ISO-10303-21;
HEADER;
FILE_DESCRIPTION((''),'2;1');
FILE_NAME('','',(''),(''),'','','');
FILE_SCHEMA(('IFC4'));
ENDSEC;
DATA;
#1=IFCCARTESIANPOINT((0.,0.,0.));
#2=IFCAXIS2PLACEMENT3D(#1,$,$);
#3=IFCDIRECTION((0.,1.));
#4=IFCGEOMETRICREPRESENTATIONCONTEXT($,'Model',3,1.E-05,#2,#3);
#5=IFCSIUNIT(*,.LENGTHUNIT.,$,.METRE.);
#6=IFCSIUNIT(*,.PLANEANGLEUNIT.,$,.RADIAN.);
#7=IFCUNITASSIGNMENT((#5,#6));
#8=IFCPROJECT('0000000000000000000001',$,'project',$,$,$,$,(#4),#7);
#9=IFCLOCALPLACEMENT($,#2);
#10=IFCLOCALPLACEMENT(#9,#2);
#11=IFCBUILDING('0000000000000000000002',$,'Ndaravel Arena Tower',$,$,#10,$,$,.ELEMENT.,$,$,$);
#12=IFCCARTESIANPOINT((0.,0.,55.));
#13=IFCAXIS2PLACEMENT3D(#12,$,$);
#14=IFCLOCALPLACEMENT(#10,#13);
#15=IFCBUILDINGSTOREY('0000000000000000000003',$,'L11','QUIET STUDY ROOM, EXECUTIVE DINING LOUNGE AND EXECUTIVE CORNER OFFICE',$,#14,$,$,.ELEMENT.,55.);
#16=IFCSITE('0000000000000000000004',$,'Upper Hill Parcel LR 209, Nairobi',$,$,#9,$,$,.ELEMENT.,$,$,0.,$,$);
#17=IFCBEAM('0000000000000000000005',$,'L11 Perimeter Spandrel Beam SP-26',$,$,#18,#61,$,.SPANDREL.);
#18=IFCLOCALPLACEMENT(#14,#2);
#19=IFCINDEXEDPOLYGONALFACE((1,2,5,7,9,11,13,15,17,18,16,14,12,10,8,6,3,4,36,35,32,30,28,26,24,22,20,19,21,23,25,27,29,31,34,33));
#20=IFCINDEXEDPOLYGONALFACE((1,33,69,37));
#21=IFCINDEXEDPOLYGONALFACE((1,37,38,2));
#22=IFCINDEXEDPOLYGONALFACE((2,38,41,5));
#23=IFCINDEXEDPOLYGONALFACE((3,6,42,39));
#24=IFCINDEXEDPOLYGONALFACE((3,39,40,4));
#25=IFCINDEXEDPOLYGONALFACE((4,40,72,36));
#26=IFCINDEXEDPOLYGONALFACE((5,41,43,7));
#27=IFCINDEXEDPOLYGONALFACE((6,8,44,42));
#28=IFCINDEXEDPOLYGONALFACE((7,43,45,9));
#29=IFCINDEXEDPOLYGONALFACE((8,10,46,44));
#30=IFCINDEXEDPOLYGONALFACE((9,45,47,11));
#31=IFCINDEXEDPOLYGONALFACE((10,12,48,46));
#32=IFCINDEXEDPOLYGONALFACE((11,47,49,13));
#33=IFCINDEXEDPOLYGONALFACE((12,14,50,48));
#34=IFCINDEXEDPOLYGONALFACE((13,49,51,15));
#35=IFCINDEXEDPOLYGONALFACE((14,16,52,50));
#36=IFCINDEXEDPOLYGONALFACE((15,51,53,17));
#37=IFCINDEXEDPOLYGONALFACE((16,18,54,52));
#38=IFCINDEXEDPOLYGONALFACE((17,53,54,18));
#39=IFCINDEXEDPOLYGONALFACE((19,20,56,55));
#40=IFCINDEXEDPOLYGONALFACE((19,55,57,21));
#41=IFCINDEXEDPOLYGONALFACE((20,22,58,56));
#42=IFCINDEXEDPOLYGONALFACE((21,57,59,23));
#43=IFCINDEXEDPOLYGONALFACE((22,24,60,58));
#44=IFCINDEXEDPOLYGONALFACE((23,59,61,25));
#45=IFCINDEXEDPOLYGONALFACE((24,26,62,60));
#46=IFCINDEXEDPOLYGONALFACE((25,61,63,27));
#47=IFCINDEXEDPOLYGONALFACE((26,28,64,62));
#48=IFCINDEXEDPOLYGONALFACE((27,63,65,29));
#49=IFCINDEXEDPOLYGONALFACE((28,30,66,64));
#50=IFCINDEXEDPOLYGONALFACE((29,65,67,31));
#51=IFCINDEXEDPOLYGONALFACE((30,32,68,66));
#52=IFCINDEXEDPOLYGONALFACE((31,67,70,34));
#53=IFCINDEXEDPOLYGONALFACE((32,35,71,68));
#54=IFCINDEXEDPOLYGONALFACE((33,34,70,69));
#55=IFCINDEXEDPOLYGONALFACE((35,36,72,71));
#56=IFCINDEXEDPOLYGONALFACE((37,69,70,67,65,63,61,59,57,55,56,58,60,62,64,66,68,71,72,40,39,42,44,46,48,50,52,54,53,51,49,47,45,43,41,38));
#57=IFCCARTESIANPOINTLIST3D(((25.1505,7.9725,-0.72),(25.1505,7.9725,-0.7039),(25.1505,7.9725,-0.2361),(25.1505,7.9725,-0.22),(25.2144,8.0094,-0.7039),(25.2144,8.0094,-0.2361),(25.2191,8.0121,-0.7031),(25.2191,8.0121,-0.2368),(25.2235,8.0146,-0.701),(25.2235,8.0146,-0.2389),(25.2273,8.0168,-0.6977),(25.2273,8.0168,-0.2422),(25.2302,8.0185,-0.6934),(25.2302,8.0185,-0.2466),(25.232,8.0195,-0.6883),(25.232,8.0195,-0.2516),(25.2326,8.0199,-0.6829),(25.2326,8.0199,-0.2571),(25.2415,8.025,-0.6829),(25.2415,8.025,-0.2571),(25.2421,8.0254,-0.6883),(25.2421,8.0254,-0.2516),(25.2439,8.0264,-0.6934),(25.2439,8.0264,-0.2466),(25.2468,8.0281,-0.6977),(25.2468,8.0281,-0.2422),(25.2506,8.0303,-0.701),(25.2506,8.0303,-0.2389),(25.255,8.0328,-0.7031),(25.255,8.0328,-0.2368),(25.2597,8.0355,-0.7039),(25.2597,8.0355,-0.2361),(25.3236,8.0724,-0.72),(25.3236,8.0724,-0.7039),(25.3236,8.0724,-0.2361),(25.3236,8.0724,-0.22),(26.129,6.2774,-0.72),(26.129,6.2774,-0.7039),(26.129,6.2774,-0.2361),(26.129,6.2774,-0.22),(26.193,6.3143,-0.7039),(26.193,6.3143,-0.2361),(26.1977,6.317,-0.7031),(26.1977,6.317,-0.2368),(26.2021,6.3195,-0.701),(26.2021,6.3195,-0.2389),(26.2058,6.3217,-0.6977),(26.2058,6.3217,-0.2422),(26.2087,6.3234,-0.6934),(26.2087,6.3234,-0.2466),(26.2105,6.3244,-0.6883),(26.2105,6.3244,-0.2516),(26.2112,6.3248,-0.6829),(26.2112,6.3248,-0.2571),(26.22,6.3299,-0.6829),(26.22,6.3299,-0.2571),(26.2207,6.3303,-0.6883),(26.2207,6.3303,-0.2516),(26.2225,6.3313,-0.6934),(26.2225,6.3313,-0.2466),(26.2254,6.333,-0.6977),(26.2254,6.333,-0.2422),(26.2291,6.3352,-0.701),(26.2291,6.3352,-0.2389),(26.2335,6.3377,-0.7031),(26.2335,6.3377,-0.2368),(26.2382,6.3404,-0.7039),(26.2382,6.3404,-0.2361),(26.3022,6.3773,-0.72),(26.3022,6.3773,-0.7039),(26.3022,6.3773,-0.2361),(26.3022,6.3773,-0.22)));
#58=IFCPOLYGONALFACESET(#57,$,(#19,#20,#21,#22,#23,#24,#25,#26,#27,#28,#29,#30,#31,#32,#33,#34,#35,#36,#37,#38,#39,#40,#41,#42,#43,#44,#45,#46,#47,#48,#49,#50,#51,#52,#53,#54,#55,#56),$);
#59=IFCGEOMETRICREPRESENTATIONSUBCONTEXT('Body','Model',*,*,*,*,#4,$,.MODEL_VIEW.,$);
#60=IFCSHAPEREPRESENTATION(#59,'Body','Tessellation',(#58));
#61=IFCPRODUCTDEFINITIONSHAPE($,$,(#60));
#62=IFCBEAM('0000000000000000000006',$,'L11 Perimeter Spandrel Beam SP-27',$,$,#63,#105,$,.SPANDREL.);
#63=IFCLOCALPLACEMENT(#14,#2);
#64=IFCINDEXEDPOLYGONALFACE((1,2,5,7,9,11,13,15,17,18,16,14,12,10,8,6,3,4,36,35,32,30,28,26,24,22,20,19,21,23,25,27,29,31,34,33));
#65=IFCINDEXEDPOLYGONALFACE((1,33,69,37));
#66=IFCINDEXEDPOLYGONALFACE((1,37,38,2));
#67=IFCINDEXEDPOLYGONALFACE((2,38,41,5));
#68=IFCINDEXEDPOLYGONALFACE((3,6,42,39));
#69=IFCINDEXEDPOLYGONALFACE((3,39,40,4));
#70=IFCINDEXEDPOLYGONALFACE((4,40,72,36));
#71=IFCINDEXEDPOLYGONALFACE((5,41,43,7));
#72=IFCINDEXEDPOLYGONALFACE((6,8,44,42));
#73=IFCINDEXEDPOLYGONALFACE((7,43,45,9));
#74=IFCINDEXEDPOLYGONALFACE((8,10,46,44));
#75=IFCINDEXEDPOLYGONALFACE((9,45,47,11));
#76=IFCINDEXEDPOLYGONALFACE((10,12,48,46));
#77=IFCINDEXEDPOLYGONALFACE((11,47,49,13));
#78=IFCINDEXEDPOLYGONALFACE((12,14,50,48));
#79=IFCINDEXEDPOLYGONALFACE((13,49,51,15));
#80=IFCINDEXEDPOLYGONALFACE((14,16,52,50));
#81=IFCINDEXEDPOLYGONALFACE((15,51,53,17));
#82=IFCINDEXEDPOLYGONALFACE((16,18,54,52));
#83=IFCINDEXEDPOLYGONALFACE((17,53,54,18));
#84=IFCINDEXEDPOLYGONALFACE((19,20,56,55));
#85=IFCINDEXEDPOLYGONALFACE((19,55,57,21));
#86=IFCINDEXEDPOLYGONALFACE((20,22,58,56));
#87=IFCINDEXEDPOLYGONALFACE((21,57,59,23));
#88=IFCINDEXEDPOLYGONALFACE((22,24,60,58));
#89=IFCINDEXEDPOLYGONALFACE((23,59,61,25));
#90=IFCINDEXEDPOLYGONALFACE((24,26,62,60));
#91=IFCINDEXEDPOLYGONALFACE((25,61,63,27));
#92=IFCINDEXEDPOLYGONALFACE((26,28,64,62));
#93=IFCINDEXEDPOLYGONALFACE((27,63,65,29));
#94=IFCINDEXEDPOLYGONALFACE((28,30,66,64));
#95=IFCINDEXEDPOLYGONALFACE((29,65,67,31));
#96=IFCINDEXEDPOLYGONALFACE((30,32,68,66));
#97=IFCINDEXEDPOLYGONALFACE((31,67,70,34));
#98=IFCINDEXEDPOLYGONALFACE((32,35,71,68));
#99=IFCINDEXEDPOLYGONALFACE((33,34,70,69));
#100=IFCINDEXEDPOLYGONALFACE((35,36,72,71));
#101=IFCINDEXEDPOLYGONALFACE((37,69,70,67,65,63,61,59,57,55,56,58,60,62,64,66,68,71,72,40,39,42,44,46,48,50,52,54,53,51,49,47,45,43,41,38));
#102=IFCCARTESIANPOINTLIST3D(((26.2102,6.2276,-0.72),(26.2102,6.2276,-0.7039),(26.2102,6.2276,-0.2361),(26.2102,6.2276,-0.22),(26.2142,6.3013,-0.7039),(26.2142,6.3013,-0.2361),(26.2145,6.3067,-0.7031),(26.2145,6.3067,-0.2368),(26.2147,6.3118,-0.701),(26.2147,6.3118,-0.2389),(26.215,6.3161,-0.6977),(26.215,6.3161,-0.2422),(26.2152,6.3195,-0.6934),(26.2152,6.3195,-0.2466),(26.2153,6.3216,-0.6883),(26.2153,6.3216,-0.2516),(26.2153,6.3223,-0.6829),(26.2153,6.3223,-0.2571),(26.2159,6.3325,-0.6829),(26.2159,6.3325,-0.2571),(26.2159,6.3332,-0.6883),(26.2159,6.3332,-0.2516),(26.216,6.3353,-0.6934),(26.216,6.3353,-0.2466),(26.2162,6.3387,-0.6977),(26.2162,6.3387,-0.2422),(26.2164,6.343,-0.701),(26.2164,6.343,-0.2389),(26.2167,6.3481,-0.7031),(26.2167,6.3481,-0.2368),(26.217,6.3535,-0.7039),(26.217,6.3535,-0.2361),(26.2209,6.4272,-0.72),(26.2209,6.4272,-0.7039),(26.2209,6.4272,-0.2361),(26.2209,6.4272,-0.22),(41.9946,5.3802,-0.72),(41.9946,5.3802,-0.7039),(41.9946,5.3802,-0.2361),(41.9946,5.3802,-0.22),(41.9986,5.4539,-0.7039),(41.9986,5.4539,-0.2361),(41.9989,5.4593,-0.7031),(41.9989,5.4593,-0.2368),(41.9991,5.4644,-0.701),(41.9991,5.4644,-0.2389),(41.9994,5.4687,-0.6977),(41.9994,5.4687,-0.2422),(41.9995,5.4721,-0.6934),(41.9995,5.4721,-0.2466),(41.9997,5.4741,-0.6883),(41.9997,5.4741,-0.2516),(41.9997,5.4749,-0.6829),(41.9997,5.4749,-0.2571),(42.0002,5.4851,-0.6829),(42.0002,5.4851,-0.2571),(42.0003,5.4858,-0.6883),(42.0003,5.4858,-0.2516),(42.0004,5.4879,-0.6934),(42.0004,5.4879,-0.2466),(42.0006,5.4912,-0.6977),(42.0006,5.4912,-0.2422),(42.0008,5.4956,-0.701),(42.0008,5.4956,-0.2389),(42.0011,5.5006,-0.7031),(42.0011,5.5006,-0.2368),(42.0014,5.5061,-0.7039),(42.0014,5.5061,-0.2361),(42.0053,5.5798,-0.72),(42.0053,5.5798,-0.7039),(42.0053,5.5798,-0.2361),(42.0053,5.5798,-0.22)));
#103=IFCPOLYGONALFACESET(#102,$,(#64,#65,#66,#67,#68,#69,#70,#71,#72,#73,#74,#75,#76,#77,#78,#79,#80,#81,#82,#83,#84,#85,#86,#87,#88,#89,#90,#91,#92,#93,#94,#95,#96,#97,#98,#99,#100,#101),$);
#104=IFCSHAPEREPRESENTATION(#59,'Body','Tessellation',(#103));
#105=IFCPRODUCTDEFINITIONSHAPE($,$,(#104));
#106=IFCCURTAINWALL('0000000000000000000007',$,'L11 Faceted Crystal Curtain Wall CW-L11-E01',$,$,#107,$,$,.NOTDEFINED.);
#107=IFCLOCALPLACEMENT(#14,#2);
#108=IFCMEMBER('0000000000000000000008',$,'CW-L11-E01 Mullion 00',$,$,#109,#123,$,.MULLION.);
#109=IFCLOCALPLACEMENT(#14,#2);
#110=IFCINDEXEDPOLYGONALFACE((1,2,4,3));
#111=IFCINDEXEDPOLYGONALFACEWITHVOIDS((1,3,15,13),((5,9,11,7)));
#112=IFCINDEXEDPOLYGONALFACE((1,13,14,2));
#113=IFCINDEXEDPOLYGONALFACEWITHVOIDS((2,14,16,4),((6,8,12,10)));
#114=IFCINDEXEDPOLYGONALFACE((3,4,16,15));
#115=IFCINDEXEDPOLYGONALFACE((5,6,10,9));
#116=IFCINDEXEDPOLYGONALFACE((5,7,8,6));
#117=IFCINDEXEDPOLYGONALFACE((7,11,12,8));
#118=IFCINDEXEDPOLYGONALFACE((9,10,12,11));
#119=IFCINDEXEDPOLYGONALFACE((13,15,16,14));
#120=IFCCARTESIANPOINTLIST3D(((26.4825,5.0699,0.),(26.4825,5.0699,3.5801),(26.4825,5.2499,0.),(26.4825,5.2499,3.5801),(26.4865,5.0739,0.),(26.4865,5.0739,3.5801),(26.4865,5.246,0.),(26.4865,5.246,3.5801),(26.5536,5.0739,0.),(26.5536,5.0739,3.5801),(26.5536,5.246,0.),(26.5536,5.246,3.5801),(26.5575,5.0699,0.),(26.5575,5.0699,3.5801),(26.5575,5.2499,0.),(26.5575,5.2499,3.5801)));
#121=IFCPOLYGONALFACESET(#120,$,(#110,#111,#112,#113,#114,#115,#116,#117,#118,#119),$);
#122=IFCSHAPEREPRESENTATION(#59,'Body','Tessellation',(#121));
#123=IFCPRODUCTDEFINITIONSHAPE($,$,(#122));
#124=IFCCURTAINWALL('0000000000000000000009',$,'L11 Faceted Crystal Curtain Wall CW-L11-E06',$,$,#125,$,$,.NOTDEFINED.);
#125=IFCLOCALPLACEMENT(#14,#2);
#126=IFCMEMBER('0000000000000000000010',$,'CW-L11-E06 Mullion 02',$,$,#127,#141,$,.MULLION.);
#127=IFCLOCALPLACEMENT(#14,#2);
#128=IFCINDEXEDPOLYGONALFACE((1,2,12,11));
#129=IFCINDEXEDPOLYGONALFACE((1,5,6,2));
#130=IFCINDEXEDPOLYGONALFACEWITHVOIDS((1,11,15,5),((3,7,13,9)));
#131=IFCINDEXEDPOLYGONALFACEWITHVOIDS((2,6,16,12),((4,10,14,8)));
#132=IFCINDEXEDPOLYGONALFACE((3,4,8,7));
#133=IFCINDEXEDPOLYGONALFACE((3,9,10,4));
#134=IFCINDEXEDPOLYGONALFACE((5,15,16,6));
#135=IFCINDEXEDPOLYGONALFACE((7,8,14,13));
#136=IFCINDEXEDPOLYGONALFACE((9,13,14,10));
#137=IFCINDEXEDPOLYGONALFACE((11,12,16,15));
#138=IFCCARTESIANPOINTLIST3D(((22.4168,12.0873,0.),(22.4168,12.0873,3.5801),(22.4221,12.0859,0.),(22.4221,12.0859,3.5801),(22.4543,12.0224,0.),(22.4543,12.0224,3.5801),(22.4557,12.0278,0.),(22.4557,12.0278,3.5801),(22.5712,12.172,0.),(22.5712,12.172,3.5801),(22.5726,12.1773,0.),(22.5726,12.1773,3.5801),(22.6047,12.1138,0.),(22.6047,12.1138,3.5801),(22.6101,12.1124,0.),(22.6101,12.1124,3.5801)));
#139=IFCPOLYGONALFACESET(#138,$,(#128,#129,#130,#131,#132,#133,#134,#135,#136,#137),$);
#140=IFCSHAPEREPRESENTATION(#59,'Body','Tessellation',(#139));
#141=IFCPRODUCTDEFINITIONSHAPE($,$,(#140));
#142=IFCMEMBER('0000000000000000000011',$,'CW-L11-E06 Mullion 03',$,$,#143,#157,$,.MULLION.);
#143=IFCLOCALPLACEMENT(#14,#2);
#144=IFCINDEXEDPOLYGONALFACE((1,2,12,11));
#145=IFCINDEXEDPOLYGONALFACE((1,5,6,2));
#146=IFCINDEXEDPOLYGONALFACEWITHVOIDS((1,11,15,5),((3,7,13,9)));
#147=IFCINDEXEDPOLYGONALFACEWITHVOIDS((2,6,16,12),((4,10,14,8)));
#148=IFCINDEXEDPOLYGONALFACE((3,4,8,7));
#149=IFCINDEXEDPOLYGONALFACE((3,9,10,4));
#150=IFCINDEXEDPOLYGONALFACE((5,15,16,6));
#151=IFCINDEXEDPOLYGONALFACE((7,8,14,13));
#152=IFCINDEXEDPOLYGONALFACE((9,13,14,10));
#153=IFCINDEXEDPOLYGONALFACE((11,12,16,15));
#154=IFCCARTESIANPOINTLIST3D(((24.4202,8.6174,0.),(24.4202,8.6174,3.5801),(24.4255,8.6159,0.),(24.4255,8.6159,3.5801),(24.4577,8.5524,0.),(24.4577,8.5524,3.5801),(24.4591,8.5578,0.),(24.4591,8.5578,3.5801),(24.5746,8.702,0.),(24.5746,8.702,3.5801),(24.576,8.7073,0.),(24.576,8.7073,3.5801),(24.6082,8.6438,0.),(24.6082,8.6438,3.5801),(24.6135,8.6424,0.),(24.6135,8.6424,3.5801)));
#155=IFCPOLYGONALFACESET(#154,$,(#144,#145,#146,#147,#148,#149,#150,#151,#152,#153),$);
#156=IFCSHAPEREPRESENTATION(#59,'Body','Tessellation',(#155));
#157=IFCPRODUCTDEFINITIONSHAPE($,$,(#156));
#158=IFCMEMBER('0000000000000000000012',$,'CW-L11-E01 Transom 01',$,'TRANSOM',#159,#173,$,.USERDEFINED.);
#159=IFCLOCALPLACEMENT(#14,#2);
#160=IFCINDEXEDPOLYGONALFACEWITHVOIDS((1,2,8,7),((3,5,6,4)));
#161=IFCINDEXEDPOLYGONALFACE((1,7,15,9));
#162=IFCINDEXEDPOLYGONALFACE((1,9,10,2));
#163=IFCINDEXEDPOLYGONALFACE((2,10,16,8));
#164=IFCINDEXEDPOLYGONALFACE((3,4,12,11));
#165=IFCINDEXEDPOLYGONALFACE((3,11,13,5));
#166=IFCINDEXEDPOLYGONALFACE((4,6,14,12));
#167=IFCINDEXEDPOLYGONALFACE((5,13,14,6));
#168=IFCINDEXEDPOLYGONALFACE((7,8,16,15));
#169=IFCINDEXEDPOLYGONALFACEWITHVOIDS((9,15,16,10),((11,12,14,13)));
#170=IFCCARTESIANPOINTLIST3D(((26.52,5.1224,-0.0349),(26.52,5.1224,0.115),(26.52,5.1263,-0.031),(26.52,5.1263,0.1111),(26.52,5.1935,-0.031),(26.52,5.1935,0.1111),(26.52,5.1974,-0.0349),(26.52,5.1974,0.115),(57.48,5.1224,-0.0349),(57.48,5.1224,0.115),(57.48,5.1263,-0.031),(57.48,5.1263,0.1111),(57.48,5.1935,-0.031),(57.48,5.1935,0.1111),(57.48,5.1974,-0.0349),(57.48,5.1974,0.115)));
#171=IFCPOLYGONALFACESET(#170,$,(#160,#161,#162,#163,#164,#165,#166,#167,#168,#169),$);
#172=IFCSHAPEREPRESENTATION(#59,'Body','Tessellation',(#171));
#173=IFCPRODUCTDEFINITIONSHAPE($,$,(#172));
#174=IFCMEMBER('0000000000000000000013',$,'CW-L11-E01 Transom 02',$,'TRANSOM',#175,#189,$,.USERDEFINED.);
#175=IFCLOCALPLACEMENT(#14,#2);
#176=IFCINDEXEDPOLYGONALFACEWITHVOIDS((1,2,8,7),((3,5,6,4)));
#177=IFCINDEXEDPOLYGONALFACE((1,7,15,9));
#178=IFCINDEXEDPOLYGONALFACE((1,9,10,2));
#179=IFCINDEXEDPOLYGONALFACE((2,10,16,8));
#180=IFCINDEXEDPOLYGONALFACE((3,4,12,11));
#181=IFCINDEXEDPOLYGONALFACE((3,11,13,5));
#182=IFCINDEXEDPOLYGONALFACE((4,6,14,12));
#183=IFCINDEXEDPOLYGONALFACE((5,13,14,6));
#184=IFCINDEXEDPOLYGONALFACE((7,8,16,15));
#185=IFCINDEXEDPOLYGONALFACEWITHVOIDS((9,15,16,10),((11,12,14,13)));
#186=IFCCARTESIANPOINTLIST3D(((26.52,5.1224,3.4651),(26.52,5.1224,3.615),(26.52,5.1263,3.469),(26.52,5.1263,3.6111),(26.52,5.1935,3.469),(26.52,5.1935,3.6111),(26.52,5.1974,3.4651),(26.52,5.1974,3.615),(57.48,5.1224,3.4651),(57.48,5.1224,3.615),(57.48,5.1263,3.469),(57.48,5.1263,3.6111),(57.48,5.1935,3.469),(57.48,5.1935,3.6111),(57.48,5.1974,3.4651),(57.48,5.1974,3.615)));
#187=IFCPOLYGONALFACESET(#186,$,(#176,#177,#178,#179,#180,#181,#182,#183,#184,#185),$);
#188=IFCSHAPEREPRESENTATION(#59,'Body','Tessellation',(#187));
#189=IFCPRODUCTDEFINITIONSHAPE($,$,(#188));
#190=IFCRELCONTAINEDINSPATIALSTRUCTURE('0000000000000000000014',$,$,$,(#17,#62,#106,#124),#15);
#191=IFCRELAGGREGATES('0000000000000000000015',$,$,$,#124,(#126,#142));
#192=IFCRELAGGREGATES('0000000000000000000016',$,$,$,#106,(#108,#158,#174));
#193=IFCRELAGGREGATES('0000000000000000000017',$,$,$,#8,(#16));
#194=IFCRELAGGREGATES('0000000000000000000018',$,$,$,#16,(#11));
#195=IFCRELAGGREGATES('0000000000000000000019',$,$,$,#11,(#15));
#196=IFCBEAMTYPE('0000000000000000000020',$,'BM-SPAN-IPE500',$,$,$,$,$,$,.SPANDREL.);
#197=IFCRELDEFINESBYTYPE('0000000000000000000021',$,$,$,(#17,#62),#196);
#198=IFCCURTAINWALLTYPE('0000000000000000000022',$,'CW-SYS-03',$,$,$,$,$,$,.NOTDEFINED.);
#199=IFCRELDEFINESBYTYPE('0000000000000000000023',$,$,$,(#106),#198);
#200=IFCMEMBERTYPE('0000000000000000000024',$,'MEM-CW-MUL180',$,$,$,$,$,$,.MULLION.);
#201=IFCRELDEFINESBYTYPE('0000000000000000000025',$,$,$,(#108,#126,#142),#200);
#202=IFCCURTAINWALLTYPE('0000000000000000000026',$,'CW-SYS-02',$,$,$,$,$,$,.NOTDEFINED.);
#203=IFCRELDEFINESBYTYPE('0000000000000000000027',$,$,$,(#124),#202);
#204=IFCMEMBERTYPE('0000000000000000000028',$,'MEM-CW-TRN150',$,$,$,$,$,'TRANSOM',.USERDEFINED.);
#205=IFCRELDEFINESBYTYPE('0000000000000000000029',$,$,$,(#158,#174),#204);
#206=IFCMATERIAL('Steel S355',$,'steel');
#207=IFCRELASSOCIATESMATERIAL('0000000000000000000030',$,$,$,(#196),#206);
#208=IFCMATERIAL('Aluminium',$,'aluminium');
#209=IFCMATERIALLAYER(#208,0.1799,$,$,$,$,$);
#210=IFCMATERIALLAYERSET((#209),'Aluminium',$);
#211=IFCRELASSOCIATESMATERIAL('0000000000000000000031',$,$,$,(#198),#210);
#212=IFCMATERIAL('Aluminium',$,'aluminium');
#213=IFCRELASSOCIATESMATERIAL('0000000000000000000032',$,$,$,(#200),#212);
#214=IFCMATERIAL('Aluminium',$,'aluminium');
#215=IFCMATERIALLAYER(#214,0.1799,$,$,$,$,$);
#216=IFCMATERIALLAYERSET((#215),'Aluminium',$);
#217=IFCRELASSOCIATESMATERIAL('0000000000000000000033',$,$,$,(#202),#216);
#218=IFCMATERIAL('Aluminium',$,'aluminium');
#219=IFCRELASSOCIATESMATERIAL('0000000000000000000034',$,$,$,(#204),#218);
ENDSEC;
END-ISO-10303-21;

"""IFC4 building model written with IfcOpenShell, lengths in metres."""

from ifc_helpers import new_model, si_unit, direction, frame, origin, origin_2d, place, context, subcontext, project, spatial, hollow_rectangle, i_section, extrude, material, layer, layer_set, material_profile, profile_set, type_object, element, aggregate, save


model = new_model("IFC4")

# Units and contexts
model_context = context("Model", 3, precision=1e-05, world=origin(), true_north=direction((0.0, 1.0)))
body_context = subcontext(model_context, "Body", "Model", "MODEL_VIEW")
ifc_project = project(units=[si_unit("LENGTHUNIT", "METRE"), si_unit("PLANEANGLEUNIT", "RADIAN")], contexts=[model_context])

# Site, building, storey
site_placement = place(None, origin())
site = spatial("IfcSite", under=ifc_project, at=site_placement, Name="Upper Hill Parcel LR 209, Nairobi", CompositionType="ELEMENT", RefElevation=0.0)
building_placement = place(site_placement, origin())
building = spatial("IfcBuilding", under=site, at=building_placement, Name="Ndaravel Arena Tower", CompositionType="ELEMENT")
storey_placement = place(building_placement, frame((0.0, 0.0, 55.0)))
storey = spatial("IfcBuildingStorey", under=building, at=storey_placement, Name="L11", Description="QUIET STUDY ROOM, EXECUTIVE DINING LOUNGE AND EXECUTIVE CORNER OFFICE", CompositionType="ELEMENT", Elevation=55.0)

# Beams
ifc_material_1 = material(Name="Steel S355", Category="steel")
ifc_material_profile_1 = material_profile(ifc_material_1, i_section(OverallWidth=0.2, OverallDepth=0.5, WebThickness=0.0103, FlangeThickness=0.0161, FilletRadius=0.021, at=origin_2d()), Name="IPE 500")
ifc_profile_set_1 = profile_set([ifc_material_profile_1], Name="Steel S355")
beam_type = type_object("IfcBeamType", Name="BM-SPAN-IPE500", PredefinedType="SPANDREL", material=ifc_profile_set_1)
beam_1_placement = place(storey_placement, frame((25.2371, 8.0225, -0.47), z_axis=(0.499949, -0.866055, 0.0), x_axis=(0.866055, 0.499949, 0.0)))
element("IfcBeam", 1, at=beam_1_placement, inside=storey, type_object=beam_type, Name="L11 Perimeter Spandrel Beam SP-26", PredefinedType="SPANDREL", context=body_context, shape_type="SweptSolid", body=[
    extrude(i_section(OverallWidth=0.2, OverallDepth=0.5, WebThickness=0.0103, FlangeThickness=0.0161, FilletRadius=0.021, at=origin_2d()), origin(), (0.0, 0.0, 1.0), 1.9573),
])
beam_2_placement = place(storey_placement, frame((26.2156, 6.3274, -0.47), z_axis=(0.998562, -0.053609, 0.0), x_axis=(0.053609, 0.998562, 0.0)))
element("IfcBeam", 2, at=beam_2_placement, inside=storey, type_object=beam_type, Name="L11 Perimeter Spandrel Beam SP-27", PredefinedType="SPANDREL", context=body_context, shape_type="SweptSolid", body=[
    extrude(i_section(OverallWidth=0.2, OverallDepth=0.5, WebThickness=0.0103, FlangeThickness=0.0161, FilletRadius=0.021, at=origin_2d()), origin(), (0.0, 0.0, 1.0), 15.8071),
])

# Curtain wall, member
ifc_material_2 = material(Name="Aluminium", Category="aluminium")
ifc_layer_1 = layer(ifc_material_2, 0.1799)
ifc_layer_set_1 = layer_set([ifc_layer_1], Name="Aluminium")
curtain_wall_type_1 = type_object("IfcCurtainWallType", Name="CW-SYS-03", PredefinedType="NOTDEFINED", material=ifc_layer_set_1)
curtain_wall_1_placement = place(storey_placement, origin())
curtain_wall_1 = element("IfcCurtainWall", 3, at=curtain_wall_1_placement, inside=storey, type_object=curtain_wall_type_1, Name="L11 Faceted Crystal Curtain Wall CW-L11-E01", PredefinedType="NOTDEFINED")
ifc_material_3 = material(Name="Aluminium", Category="aluminium")
ifc_material_profile_2 = material_profile(ifc_material_3, hollow_rectangle(XDim=0.075, YDim=0.1799, WallThickness=0.0039, at=origin_2d()), Name="CW MULLION 75x180x4")
ifc_profile_set_2 = profile_set([ifc_material_profile_2], Name="Aluminium")
member_type_1 = type_object("IfcMemberType", Name="MEM-CW-MUL180", PredefinedType="MULLION", material=ifc_profile_set_2)
member_1_placement = place(storey_placement, frame((26.52, 5.1599, 0.0), z_axis=(0.0, 0.0, 1.0), x_axis=(1.0, 0.0, 0.0)))
member_1 = element("IfcMember", 4, at=member_1_placement, type_object=member_type_1, Name="CW-L11-E01 Mullion 00", PredefinedType="MULLION", context=body_context, shape_type="SweptSolid", body=[
    extrude(hollow_rectangle(XDim=0.075, YDim=0.1799, WallThickness=0.0039, at=origin_2d()), origin(), (0.0, 0.0, 1.0), 3.5801),
])

# Curtain wall, members
ifc_material_4 = material(Name="Aluminium", Category="aluminium")
ifc_layer_2 = layer(ifc_material_4, 0.1799)
ifc_layer_set_2 = layer_set([ifc_layer_2], Name="Aluminium")
curtain_wall_type_2 = type_object("IfcCurtainWallType", Name="CW-SYS-02", PredefinedType="NOTDEFINED", material=ifc_layer_set_2)
curtain_wall_2_placement = place(storey_placement, origin())
curtain_wall_2 = element("IfcCurtainWall", 5, at=curtain_wall_2_placement, inside=storey, type_object=curtain_wall_type_2, Name="L11 Faceted Crystal Curtain Wall CW-L11-E06", PredefinedType="NOTDEFINED")
member_2_placement = place(storey_placement, frame((22.5134, 12.0999, 0.0), z_axis=(0.0, 0.0, 1.0), x_axis=(0.5, -0.866025, 0.0)))
member_2 = element("IfcMember", 6, at=member_2_placement, type_object=member_type_1, Name="CW-L11-E06 Mullion 02", PredefinedType="MULLION", context=body_context, shape_type="SweptSolid", body=[
    extrude(hollow_rectangle(XDim=0.075, YDim=0.1799, WallThickness=0.0039, at=origin_2d()), origin(), (0.0, 0.0, 1.0), 3.5801),
])
member_3_placement = place(storey_placement, frame((24.5168, 8.6299, 0.0), z_axis=(0.0, 0.0, 1.0), x_axis=(0.5, -0.866025, 0.0)))
member_3 = element("IfcMember", 7, at=member_3_placement, type_object=member_type_1, Name="CW-L11-E06 Mullion 03", PredefinedType="MULLION", context=body_context, shape_type="SweptSolid", body=[
    extrude(hollow_rectangle(XDim=0.075, YDim=0.1799, WallThickness=0.0039, at=origin_2d()), origin(), (0.0, 0.0, 1.0), 3.5801),
])

# Members
ifc_material_5 = material(Name="Aluminium", Category="aluminium")
ifc_material_profile_3 = material_profile(ifc_material_5, hollow_rectangle(XDim=0.075, YDim=0.1499, WallThickness=0.0039, at=origin_2d()), Name="CW TRANSOM 75x150x4")
ifc_profile_set_3 = profile_set([ifc_material_profile_3], Name="Aluminium")
member_type_2 = type_object("IfcMemberType", Name="MEM-CW-TRN150", ElementType="TRANSOM", PredefinedType="USERDEFINED", material=ifc_profile_set_3)
member_4_placement = place(storey_placement, frame((26.52, 5.1599, 0.04), z_axis=(1.0, 0.0, 0.0), x_axis=(0.0, 1.0, 0.0)))
member_4 = element("IfcMember", 8, at=member_4_placement, type_object=member_type_2, Name="CW-L11-E01 Transom 01", ObjectType="TRANSOM", PredefinedType="USERDEFINED", context=body_context, shape_type="SweptSolid", body=[
    extrude(hollow_rectangle(XDim=0.075, YDim=0.1499, WallThickness=0.0039, at=origin_2d()), origin(), (0.0, 0.0, 1.0), 30.96),
])
member_5_placement = place(storey_placement, frame((26.52, 5.1599, 3.54), z_axis=(1.0, 0.0, 0.0), x_axis=(0.0, 1.0, 0.0)))
member_5 = element("IfcMember", 9, at=member_5_placement, type_object=member_type_2, Name="CW-L11-E01 Transom 02", ObjectType="TRANSOM", PredefinedType="USERDEFINED", context=body_context, shape_type="SweptSolid", body=[
    extrude(hollow_rectangle(XDim=0.075, YDim=0.1499, WallThickness=0.0039, at=origin_2d()), origin(), (0.0, 0.0, 1.0), 30.96),
])

aggregate(curtain_wall_2, [member_2, member_3])
aggregate(curtain_wall_1, [member_1, member_4, member_5])

save(model, "model.ifc")
